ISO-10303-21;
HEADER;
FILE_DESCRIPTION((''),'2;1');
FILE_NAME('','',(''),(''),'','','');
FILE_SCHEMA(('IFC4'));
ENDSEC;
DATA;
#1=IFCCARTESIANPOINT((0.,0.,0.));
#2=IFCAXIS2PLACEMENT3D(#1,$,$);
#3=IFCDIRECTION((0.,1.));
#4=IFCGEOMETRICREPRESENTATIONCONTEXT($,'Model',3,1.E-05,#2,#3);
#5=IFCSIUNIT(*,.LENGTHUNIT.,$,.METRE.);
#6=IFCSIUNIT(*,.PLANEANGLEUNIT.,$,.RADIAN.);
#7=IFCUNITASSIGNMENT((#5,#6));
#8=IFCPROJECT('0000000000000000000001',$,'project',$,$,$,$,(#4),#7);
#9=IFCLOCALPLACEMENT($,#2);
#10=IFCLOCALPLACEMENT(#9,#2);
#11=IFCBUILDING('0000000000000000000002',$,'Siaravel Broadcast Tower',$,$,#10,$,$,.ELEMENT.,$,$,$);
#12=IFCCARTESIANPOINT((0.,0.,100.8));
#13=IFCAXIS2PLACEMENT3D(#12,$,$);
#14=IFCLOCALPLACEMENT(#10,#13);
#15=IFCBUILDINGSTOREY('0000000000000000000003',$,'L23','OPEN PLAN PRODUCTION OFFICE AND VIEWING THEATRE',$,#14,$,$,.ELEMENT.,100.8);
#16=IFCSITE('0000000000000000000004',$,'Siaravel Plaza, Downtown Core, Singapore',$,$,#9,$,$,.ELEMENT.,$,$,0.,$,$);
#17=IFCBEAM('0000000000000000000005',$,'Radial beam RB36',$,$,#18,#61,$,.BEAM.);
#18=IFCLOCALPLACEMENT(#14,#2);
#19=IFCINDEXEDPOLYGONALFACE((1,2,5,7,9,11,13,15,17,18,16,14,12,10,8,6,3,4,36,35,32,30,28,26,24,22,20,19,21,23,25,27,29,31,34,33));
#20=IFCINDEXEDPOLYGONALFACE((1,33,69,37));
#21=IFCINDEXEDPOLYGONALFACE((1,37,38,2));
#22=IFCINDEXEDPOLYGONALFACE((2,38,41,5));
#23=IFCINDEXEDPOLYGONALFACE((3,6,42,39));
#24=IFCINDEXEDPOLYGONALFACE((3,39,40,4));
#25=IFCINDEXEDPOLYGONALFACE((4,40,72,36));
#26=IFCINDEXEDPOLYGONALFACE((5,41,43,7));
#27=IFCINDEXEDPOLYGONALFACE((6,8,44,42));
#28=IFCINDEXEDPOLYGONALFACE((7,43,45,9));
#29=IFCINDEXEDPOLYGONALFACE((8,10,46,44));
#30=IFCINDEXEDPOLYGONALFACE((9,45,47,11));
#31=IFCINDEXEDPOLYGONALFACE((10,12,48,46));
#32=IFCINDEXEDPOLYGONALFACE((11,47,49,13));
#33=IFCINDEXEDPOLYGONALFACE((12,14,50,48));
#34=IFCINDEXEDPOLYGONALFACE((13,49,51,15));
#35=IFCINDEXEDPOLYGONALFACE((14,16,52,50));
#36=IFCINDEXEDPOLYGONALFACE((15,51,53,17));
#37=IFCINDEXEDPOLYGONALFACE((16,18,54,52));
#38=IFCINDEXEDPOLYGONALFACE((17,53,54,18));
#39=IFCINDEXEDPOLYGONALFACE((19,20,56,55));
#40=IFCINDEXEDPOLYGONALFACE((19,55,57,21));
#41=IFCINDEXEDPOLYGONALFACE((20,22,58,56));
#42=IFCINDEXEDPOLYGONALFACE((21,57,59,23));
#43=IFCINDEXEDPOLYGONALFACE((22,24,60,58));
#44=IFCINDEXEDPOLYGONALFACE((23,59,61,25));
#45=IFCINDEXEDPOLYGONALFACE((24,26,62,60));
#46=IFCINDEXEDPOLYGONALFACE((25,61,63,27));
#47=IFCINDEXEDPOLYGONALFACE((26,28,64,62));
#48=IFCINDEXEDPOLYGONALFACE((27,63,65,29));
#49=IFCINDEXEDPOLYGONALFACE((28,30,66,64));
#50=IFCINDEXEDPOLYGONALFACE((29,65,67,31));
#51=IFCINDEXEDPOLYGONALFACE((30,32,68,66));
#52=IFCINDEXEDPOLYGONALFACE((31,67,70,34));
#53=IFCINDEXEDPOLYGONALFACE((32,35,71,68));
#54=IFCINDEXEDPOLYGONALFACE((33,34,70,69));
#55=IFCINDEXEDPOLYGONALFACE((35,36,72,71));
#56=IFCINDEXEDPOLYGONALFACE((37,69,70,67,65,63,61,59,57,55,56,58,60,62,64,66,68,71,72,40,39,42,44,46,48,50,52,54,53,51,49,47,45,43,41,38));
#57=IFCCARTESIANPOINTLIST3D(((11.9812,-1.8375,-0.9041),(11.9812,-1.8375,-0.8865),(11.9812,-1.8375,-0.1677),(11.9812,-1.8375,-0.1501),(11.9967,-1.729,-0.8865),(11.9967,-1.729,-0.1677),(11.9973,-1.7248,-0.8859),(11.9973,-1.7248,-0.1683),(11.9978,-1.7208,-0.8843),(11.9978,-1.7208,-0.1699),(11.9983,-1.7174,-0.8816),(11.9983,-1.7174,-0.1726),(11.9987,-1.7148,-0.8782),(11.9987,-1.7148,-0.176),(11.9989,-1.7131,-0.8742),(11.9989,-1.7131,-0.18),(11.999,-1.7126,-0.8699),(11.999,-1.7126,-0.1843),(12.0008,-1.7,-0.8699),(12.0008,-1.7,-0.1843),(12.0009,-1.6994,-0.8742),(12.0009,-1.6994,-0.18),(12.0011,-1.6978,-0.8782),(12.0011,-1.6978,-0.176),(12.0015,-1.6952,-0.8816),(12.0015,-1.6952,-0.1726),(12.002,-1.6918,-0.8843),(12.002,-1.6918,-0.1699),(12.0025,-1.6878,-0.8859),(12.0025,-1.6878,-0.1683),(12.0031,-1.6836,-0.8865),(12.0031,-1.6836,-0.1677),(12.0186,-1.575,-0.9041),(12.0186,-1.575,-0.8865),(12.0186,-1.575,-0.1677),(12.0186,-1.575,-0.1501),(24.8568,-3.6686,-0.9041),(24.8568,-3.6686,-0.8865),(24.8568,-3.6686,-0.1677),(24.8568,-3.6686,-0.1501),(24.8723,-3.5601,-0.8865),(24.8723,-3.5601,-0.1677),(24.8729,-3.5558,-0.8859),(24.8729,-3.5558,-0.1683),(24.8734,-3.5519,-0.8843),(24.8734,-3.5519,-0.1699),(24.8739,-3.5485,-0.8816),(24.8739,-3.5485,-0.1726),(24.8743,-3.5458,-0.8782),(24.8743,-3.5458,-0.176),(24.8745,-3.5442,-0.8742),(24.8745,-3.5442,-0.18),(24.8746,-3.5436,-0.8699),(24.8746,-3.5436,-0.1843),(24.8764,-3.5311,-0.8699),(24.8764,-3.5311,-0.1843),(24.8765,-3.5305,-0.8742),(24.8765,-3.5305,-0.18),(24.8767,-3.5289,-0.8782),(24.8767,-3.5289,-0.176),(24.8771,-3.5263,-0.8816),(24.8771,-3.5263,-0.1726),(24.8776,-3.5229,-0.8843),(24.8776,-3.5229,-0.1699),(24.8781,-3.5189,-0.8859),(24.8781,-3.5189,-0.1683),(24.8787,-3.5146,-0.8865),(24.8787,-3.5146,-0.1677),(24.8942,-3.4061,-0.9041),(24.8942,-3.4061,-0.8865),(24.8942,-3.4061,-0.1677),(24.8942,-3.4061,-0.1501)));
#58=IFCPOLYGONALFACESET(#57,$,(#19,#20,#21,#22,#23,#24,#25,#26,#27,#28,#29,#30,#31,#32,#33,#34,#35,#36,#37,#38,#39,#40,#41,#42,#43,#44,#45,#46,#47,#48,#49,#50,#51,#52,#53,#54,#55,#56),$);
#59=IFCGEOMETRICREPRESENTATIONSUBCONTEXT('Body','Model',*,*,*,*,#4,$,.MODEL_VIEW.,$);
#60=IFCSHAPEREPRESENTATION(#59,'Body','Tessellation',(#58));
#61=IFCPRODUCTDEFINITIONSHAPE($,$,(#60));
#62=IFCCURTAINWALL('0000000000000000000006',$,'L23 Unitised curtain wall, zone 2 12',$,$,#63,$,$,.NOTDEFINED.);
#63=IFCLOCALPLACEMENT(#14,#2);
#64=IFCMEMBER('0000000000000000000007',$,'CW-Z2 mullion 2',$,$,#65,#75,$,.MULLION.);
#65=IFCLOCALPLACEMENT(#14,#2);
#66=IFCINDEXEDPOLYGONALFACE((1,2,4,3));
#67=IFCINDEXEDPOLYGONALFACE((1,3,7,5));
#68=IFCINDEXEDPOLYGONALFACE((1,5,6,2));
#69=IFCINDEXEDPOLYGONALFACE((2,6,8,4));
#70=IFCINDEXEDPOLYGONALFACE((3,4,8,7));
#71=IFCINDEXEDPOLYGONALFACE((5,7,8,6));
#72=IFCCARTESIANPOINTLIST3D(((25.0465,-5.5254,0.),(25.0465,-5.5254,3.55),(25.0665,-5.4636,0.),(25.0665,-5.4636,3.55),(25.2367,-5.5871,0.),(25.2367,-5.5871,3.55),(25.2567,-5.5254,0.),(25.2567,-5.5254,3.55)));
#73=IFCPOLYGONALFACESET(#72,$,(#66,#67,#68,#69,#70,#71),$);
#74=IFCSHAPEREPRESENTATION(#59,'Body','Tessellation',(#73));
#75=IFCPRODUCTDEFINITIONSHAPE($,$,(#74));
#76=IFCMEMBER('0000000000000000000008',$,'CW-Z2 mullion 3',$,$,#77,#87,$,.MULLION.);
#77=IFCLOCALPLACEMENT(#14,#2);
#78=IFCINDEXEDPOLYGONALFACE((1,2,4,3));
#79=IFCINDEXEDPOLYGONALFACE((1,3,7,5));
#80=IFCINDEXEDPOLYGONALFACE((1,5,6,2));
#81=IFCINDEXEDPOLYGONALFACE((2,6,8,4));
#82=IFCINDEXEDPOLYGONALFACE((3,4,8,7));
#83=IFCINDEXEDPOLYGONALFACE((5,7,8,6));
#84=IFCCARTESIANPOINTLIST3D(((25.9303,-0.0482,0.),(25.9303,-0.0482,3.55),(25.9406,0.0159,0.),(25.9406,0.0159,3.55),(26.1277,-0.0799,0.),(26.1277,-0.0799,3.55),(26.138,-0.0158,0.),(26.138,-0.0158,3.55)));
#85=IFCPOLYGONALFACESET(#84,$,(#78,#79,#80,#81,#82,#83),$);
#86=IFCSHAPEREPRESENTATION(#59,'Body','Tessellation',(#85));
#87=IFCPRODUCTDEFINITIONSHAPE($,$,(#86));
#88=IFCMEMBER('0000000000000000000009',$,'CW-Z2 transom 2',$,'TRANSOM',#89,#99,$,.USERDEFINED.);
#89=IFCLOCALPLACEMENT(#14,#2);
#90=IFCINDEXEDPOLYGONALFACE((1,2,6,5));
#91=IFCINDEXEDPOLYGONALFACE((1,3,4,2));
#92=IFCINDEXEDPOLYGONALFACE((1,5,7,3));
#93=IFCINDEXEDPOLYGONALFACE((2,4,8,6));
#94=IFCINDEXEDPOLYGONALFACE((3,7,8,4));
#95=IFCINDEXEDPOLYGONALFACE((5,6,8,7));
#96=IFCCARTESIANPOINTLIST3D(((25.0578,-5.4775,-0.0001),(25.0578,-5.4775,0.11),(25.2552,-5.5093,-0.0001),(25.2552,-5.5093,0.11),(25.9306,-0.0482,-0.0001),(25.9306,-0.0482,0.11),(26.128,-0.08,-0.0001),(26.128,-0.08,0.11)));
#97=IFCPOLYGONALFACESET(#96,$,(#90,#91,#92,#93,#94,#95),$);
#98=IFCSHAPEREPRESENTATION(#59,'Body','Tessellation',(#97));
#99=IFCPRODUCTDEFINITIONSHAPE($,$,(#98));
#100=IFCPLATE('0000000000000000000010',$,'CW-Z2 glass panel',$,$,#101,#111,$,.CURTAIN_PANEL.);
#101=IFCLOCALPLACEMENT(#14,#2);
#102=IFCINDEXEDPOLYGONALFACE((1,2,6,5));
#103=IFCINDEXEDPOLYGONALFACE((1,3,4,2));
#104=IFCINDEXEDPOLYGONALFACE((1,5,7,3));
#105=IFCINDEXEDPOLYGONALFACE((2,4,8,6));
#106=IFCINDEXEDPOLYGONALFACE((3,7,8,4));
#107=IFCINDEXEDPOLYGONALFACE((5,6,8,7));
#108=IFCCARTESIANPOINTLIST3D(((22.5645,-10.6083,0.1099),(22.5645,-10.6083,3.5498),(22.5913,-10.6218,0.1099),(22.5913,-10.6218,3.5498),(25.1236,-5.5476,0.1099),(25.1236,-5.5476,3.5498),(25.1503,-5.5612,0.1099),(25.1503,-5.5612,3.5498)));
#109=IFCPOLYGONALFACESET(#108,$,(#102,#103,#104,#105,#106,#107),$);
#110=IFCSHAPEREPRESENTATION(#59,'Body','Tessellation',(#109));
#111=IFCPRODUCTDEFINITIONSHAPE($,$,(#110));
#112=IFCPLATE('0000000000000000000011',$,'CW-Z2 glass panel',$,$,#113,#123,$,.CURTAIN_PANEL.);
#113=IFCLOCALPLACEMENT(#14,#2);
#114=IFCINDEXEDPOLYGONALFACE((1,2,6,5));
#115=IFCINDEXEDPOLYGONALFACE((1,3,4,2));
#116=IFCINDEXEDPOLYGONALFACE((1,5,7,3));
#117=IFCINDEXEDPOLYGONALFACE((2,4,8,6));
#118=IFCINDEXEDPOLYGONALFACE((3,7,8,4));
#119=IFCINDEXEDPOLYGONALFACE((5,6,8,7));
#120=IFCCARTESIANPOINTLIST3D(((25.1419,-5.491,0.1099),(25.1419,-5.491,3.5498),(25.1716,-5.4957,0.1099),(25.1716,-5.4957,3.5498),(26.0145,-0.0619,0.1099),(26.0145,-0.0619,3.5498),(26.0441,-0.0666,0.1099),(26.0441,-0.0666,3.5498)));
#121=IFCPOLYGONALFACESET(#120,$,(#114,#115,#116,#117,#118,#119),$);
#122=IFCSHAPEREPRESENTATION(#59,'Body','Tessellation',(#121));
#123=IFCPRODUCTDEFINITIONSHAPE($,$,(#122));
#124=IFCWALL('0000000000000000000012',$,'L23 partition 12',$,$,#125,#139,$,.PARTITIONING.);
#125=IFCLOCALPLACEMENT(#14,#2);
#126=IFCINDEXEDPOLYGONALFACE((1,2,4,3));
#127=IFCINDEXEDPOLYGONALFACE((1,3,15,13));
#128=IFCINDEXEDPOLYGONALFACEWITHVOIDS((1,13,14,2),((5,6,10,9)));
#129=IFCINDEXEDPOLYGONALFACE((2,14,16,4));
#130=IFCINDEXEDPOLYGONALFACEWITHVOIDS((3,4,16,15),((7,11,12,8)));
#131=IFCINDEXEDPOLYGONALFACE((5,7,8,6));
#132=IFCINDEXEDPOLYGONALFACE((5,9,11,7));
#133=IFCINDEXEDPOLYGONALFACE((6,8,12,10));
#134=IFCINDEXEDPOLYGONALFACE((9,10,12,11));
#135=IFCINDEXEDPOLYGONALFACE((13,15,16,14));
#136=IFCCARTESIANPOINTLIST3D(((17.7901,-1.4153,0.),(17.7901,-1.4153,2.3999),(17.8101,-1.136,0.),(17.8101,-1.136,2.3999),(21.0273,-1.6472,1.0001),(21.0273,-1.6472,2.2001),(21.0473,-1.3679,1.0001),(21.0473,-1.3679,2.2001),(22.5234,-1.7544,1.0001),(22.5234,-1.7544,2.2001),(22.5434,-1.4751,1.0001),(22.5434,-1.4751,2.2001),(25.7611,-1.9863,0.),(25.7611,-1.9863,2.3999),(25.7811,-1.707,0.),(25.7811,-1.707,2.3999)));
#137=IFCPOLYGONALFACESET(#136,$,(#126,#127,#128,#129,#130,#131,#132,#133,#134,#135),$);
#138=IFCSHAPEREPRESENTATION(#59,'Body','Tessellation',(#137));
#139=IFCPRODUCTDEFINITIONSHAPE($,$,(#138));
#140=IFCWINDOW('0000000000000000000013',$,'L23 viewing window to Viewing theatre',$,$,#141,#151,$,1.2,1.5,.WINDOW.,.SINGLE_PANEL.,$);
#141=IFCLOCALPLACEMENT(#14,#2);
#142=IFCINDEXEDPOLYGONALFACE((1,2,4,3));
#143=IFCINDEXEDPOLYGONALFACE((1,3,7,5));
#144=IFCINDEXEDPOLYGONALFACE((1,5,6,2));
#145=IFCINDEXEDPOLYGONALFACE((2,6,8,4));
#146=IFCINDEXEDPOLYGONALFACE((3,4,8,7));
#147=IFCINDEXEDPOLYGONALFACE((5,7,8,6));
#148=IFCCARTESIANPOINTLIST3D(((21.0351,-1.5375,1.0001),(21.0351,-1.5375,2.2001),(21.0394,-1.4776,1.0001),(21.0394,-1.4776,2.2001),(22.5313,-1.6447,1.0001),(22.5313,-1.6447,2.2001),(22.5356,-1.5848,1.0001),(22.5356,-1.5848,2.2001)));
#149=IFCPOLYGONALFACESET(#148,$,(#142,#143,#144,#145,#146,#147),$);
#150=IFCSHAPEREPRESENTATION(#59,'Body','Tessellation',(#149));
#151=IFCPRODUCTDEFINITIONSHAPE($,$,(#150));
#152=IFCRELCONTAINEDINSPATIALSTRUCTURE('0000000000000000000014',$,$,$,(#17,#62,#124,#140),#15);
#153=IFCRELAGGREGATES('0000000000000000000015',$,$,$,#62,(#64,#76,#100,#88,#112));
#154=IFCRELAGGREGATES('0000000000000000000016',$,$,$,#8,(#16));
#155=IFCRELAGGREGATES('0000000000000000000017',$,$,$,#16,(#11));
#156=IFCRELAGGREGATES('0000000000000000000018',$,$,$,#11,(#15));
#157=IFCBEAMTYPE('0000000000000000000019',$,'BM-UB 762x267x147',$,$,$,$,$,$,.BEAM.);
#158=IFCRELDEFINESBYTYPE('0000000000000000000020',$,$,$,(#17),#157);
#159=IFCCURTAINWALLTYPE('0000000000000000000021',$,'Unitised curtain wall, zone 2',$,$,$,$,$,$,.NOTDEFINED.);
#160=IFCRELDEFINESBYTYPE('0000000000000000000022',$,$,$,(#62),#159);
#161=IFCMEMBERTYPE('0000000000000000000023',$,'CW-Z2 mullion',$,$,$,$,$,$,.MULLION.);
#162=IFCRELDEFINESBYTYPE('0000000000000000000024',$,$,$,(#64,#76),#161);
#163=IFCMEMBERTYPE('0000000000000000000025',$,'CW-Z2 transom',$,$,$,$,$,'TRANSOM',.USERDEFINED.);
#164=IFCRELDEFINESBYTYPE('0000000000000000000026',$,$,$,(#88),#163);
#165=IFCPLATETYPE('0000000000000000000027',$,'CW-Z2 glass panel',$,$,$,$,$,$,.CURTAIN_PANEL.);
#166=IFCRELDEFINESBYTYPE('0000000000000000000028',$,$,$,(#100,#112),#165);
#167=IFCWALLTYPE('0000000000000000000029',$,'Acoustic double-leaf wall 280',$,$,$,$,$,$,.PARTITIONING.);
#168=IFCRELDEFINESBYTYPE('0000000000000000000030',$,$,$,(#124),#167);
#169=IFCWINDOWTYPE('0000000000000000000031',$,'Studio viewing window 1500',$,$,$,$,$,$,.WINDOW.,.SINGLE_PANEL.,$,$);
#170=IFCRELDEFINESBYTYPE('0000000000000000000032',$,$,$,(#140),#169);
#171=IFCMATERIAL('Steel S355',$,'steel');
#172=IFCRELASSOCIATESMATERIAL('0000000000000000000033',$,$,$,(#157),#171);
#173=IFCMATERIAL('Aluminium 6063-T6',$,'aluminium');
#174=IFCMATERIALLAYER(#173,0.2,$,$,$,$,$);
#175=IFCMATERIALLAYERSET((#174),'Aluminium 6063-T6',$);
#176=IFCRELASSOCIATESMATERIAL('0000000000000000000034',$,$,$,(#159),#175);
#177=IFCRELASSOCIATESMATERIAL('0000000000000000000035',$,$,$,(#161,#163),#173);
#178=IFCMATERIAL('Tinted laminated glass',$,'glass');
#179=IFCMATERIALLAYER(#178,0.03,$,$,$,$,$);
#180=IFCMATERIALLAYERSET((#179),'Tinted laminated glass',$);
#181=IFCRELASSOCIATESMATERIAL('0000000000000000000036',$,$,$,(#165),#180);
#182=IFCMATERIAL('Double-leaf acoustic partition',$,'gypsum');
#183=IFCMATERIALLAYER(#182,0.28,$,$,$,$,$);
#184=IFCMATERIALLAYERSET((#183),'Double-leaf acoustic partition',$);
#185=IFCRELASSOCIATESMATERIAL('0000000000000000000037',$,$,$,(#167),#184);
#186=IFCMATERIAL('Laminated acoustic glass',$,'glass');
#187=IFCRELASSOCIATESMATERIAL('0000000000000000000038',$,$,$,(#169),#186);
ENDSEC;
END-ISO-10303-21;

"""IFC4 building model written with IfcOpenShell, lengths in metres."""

from ifc_helpers import new_model, si_unit, direction, frame, frame_2d, origin, origin_2d, place, context, subcontext, project, spatial, rectangle, i_section, extrude, material, layer, layer_set, material_profile, profile_set, type_object, element, fill, aggregate, save


model = new_model("IFC4")

# Units and contexts
model_context = context("Model", 3, precision=1e-05, world=origin(), true_north=direction((0.0, 1.0)))
body_context = subcontext(model_context, "Body", "Model", "MODEL_VIEW")
ifc_project = project(units=[si_unit("LENGTHUNIT", "METRE"), si_unit("PLANEANGLEUNIT", "RADIAN")], contexts=[model_context])

# Site, building, storey
site_placement = place(None, origin())
site = spatial("IfcSite", under=ifc_project, at=site_placement, Name="Siaravel Plaza, Downtown Core, Singapore", CompositionType="ELEMENT", RefElevation=0.0)
building_placement = place(site_placement, origin())
building = spatial("IfcBuilding", under=site, at=building_placement, Name="Siaravel Broadcast Tower", CompositionType="ELEMENT")
storey_placement = place(building_placement, frame((0.0, 0.0, 100.8)))
storey = spatial("IfcBuildingStorey", under=building, at=storey_placement, Name="L23", Description="OPEN PLAN PRODUCTION OFFICE AND VIEWING THEATRE", CompositionType="ELEMENT", Elevation=100.8)

# Beam
ifc_material_1 = material(Name="Steel S355", Category="steel")
ifc_material_profile_1 = material_profile(ifc_material_1, i_section(OverallWidth=0.2651, OverallDepth=0.7539, WebThickness=0.0127, FlangeThickness=0.0176, FilletRadius=0.0166, at=origin_2d()))
ifc_profile_set_1 = profile_set([ifc_material_profile_1], Name="Steel S355")
beam_type = type_object("IfcBeamType", Name="BM-UB 762x267x147", PredefinedType="BEAM", material=ifc_profile_set_1)
beam_1_placement = place(storey_placement, frame((24.8755, -3.5374, -0.5271), z_axis=(-0.990039, 0.140796, 0.0), x_axis=(-0.140796, -0.990039, 0.0)))
element("IfcBeam", 1, at=beam_1_placement, inside=storey, type_object=beam_type, Name="Radial beam RB36", PredefinedType="BEAM", context=body_context, shape_type="SweptSolid", body=[
    extrude(i_section(OverallWidth=0.2651, OverallDepth=0.7539, WebThickness=0.0127, FlangeThickness=0.0176, FilletRadius=0.0166, at=origin_2d()), origin(), (0.0, 0.0, 1.0), 13.0051),
])

# Curtain wall, members, plates
ifc_material_2 = material(Name="Aluminium 6063-T6", Category="aluminium")
ifc_layer_1 = layer(ifc_material_2, 0.2)
ifc_layer_set_1 = layer_set([ifc_layer_1], Name="Aluminium 6063-T6")
curtain_wall_type = type_object("IfcCurtainWallType", Name="Unitised curtain wall, zone 2", PredefinedType="NOTDEFINED", material=ifc_layer_set_1)
curtain_wall_placement = place(storey_placement, origin())
curtain_wall = element("IfcCurtainWall", 2, at=curtain_wall_placement, inside=storey, type_object=curtain_wall_type, Name="L23 Unitised curtain wall, zone 2 12", PredefinedType="NOTDEFINED")
ifc_material_profile_2 = material_profile(ifc_material_2, rectangle(XDim=0.2, YDim=0.0649, at=origin_2d()))
ifc_profile_set_2 = profile_set([ifc_material_profile_2], Name="Aluminium 6063-T6")
member_type_1 = type_object("IfcMemberType", Name="CW-Z2 mullion", PredefinedType="MULLION", material=ifc_profile_set_2)
member_1_placement = place(storey_placement, frame((25.1516, -5.5254, 0.0), z_axis=(0.0, 0.0, 1.0), x_axis=(-0.951177, 0.308646, 0.0)))
member_1 = element("IfcMember", 3, at=member_1_placement, type_object=member_type_1, Name="CW-Z2 mullion 2", PredefinedType="MULLION", context=body_context, shape_type="SweptSolid", body=[
    extrude(rectangle(XDim=0.2, YDim=0.0649, at=origin_2d()), origin(), (0.0, 0.0, 1.0), 3.55),
])
member_2_placement = place(storey_placement, frame((26.0342, -0.032, 0.0), z_axis=(0.0, 0.0, 1.0), x_axis=(-0.987329, 0.158686, 0.0)))
member_2 = element("IfcMember", 4, at=member_2_placement, type_object=member_type_1, Name="CW-Z2 mullion 3", PredefinedType="MULLION", context=body_context, shape_type="SweptSolid", body=[
    extrude(rectangle(XDim=0.2, YDim=0.0649, at=origin_2d()), origin(), (0.0, 0.0, 1.0), 3.55),
])
ifc_material_profile_3 = material_profile(ifc_material_2, rectangle(XDim=0.2, YDim=0.1101, at=origin_2d()))
ifc_profile_set_3 = profile_set([ifc_material_profile_3], Name="Aluminium 6063-T6")
member_type_2 = type_object("IfcMemberType", Name="CW-Z2 transom", ElementType="TRANSOM", PredefinedType="USERDEFINED", material=ifc_profile_set_3)
member_3_placement = place(storey_placement, frame((25.1565, -5.4934, 0.0549), z_axis=(0.158723, 0.987323, 0.0), x_axis=(-0.987323, 0.158723, 0.0)))
member_3 = element("IfcMember", 5, at=member_3_placement, type_object=member_type_2, Name="CW-Z2 transom 2", ObjectType="TRANSOM", PredefinedType="USERDEFINED", context=body_context, shape_type="SweptSolid", body=[
    extrude(rectangle(XDim=0.2, YDim=0.1101, at=origin_2d()), origin(), (0.0, 0.0, 1.0), 5.499),
])
ifc_material_3 = material(Name="Tinted laminated glass", Category="glass")
ifc_layer_2 = layer(ifc_material_3, 0.03)
ifc_layer_set_2 = layer_set([ifc_layer_2], Name="Tinted laminated glass")
plate_type = type_object("IfcPlateType", Name="CW-Z2 glass panel", PredefinedType="CURTAIN_PANEL", material=ifc_layer_set_2)
plate_1_placement = place(storey_placement, frame((23.8574, -8.0847, 0.1099), z_axis=(0.0, 0.0, 1.0), x_axis=(0.451261, 0.892392, 0.0)))
plate_1 = element("IfcPlate", 6, at=plate_1_placement, type_object=plate_type, Name="CW-Z2 glass panel", PredefinedType="CURTAIN_PANEL", context=body_context, shape_type="SweptSolid", body=[
    extrude(rectangle(XDim=5.6709, YDim=0.03, at=origin_2d()), origin(), (0.0, 0.0, 1.0), 3.4399),
])
plate_2_placement = place(storey_placement, frame((25.593, -2.7788, 0.1099), z_axis=(0.0, 0.0, 1.0), x_axis=(0.158686, 0.987329, 0.0)))
plate_2 = element("IfcPlate", 7, at=plate_2_placement, type_object=plate_type, Name="CW-Z2 glass panel", PredefinedType="CURTAIN_PANEL", context=body_context, shape_type="SweptSolid", body=[
    extrude(rectangle(XDim=5.4988, YDim=0.03, at=origin_2d()), origin(), (0.0, 0.0, 1.0), 3.4399),
])
aggregate(curtain_wall, [member_1, member_2, plate_1, member_3, plate_2])

# Wall, opening, window
ifc_material_4 = material(Name="Double-leaf acoustic partition", Category="gypsum")
ifc_layer_3 = layer(ifc_material_4, 0.28)
ifc_layer_set_3 = layer_set([ifc_layer_3], Name="Double-leaf acoustic partition")
wall_type_1 = type_object("IfcWallType", Name="Acoustic double-leaf wall 280", PredefinedType="PARTITIONING", material=ifc_layer_set_3)
wall_1_placement = place(storey_placement, frame((25.771, -1.8467, 0.0), z_axis=(0.0, 0.0, 1.0), x_axis=(-0.997444, 0.071458, 0.0)))
wall_1 = element("IfcWall", 8, at=wall_1_placement, inside=storey, type_object=wall_type_1, Name="L23 partition 12", PredefinedType="PARTITIONING", context=body_context, shape_type="SweptSolid", body=[
    extrude(rectangle(XDim=7.9915, YDim=0.28, at=frame_2d((3.9956, 0.0))), origin(), (0.0, 0.0, 1.0), 2.3999),
])
opening_1_placement = place(wall_1_placement, frame((3.2458, 0.0, 1.0)))
opening_1 = element("IfcOpeningElement", 9, at=opening_1_placement, cuts=wall_1, PredefinedType="OPENING", context=body_context, shape_type="SweptSolid", body=[
    extrude(rectangle(XDim=1.5, YDim=1.2, at=frame_2d((0.75, 0.6001))), frame((0.0, 0.1499, 0.0), z_axis=(0.0, -1.0, 0.0), x_axis=(1.0, 0.0, 0.0)), (0.0, 0.0, 1.0), 0.3),
])
ifc_material_5 = material(Name="Laminated acoustic glass", Category="glass")
window_type = type_object("IfcWindowType", Name="Studio viewing window 1500", PartitioningType="SINGLE_PANEL", PredefinedType="WINDOW", material=ifc_material_5)
window_placement = place(opening_1_placement, origin())
window = element("IfcWindow", 10, at=window_placement, inside=storey, type_object=window_type, Name="L23 viewing window to Viewing theatre", OverallHeight=1.2, OverallWidth=1.5, PartitioningType="SINGLE_PANEL", PredefinedType="WINDOW", context=body_context, shape_type="SweptSolid", body=[
    extrude(rectangle(XDim=1.5, YDim=1.2, at=frame_2d((0.75, 0.6001))), frame((0.0, 0.03, 0.0), z_axis=(0.0, -1.0, 0.0), x_axis=(1.0, 0.0, 0.0)), (0.0, 0.0, 1.0), 0.0601),
])
fill(opening_1, window)

save(model, "model.ifc")
